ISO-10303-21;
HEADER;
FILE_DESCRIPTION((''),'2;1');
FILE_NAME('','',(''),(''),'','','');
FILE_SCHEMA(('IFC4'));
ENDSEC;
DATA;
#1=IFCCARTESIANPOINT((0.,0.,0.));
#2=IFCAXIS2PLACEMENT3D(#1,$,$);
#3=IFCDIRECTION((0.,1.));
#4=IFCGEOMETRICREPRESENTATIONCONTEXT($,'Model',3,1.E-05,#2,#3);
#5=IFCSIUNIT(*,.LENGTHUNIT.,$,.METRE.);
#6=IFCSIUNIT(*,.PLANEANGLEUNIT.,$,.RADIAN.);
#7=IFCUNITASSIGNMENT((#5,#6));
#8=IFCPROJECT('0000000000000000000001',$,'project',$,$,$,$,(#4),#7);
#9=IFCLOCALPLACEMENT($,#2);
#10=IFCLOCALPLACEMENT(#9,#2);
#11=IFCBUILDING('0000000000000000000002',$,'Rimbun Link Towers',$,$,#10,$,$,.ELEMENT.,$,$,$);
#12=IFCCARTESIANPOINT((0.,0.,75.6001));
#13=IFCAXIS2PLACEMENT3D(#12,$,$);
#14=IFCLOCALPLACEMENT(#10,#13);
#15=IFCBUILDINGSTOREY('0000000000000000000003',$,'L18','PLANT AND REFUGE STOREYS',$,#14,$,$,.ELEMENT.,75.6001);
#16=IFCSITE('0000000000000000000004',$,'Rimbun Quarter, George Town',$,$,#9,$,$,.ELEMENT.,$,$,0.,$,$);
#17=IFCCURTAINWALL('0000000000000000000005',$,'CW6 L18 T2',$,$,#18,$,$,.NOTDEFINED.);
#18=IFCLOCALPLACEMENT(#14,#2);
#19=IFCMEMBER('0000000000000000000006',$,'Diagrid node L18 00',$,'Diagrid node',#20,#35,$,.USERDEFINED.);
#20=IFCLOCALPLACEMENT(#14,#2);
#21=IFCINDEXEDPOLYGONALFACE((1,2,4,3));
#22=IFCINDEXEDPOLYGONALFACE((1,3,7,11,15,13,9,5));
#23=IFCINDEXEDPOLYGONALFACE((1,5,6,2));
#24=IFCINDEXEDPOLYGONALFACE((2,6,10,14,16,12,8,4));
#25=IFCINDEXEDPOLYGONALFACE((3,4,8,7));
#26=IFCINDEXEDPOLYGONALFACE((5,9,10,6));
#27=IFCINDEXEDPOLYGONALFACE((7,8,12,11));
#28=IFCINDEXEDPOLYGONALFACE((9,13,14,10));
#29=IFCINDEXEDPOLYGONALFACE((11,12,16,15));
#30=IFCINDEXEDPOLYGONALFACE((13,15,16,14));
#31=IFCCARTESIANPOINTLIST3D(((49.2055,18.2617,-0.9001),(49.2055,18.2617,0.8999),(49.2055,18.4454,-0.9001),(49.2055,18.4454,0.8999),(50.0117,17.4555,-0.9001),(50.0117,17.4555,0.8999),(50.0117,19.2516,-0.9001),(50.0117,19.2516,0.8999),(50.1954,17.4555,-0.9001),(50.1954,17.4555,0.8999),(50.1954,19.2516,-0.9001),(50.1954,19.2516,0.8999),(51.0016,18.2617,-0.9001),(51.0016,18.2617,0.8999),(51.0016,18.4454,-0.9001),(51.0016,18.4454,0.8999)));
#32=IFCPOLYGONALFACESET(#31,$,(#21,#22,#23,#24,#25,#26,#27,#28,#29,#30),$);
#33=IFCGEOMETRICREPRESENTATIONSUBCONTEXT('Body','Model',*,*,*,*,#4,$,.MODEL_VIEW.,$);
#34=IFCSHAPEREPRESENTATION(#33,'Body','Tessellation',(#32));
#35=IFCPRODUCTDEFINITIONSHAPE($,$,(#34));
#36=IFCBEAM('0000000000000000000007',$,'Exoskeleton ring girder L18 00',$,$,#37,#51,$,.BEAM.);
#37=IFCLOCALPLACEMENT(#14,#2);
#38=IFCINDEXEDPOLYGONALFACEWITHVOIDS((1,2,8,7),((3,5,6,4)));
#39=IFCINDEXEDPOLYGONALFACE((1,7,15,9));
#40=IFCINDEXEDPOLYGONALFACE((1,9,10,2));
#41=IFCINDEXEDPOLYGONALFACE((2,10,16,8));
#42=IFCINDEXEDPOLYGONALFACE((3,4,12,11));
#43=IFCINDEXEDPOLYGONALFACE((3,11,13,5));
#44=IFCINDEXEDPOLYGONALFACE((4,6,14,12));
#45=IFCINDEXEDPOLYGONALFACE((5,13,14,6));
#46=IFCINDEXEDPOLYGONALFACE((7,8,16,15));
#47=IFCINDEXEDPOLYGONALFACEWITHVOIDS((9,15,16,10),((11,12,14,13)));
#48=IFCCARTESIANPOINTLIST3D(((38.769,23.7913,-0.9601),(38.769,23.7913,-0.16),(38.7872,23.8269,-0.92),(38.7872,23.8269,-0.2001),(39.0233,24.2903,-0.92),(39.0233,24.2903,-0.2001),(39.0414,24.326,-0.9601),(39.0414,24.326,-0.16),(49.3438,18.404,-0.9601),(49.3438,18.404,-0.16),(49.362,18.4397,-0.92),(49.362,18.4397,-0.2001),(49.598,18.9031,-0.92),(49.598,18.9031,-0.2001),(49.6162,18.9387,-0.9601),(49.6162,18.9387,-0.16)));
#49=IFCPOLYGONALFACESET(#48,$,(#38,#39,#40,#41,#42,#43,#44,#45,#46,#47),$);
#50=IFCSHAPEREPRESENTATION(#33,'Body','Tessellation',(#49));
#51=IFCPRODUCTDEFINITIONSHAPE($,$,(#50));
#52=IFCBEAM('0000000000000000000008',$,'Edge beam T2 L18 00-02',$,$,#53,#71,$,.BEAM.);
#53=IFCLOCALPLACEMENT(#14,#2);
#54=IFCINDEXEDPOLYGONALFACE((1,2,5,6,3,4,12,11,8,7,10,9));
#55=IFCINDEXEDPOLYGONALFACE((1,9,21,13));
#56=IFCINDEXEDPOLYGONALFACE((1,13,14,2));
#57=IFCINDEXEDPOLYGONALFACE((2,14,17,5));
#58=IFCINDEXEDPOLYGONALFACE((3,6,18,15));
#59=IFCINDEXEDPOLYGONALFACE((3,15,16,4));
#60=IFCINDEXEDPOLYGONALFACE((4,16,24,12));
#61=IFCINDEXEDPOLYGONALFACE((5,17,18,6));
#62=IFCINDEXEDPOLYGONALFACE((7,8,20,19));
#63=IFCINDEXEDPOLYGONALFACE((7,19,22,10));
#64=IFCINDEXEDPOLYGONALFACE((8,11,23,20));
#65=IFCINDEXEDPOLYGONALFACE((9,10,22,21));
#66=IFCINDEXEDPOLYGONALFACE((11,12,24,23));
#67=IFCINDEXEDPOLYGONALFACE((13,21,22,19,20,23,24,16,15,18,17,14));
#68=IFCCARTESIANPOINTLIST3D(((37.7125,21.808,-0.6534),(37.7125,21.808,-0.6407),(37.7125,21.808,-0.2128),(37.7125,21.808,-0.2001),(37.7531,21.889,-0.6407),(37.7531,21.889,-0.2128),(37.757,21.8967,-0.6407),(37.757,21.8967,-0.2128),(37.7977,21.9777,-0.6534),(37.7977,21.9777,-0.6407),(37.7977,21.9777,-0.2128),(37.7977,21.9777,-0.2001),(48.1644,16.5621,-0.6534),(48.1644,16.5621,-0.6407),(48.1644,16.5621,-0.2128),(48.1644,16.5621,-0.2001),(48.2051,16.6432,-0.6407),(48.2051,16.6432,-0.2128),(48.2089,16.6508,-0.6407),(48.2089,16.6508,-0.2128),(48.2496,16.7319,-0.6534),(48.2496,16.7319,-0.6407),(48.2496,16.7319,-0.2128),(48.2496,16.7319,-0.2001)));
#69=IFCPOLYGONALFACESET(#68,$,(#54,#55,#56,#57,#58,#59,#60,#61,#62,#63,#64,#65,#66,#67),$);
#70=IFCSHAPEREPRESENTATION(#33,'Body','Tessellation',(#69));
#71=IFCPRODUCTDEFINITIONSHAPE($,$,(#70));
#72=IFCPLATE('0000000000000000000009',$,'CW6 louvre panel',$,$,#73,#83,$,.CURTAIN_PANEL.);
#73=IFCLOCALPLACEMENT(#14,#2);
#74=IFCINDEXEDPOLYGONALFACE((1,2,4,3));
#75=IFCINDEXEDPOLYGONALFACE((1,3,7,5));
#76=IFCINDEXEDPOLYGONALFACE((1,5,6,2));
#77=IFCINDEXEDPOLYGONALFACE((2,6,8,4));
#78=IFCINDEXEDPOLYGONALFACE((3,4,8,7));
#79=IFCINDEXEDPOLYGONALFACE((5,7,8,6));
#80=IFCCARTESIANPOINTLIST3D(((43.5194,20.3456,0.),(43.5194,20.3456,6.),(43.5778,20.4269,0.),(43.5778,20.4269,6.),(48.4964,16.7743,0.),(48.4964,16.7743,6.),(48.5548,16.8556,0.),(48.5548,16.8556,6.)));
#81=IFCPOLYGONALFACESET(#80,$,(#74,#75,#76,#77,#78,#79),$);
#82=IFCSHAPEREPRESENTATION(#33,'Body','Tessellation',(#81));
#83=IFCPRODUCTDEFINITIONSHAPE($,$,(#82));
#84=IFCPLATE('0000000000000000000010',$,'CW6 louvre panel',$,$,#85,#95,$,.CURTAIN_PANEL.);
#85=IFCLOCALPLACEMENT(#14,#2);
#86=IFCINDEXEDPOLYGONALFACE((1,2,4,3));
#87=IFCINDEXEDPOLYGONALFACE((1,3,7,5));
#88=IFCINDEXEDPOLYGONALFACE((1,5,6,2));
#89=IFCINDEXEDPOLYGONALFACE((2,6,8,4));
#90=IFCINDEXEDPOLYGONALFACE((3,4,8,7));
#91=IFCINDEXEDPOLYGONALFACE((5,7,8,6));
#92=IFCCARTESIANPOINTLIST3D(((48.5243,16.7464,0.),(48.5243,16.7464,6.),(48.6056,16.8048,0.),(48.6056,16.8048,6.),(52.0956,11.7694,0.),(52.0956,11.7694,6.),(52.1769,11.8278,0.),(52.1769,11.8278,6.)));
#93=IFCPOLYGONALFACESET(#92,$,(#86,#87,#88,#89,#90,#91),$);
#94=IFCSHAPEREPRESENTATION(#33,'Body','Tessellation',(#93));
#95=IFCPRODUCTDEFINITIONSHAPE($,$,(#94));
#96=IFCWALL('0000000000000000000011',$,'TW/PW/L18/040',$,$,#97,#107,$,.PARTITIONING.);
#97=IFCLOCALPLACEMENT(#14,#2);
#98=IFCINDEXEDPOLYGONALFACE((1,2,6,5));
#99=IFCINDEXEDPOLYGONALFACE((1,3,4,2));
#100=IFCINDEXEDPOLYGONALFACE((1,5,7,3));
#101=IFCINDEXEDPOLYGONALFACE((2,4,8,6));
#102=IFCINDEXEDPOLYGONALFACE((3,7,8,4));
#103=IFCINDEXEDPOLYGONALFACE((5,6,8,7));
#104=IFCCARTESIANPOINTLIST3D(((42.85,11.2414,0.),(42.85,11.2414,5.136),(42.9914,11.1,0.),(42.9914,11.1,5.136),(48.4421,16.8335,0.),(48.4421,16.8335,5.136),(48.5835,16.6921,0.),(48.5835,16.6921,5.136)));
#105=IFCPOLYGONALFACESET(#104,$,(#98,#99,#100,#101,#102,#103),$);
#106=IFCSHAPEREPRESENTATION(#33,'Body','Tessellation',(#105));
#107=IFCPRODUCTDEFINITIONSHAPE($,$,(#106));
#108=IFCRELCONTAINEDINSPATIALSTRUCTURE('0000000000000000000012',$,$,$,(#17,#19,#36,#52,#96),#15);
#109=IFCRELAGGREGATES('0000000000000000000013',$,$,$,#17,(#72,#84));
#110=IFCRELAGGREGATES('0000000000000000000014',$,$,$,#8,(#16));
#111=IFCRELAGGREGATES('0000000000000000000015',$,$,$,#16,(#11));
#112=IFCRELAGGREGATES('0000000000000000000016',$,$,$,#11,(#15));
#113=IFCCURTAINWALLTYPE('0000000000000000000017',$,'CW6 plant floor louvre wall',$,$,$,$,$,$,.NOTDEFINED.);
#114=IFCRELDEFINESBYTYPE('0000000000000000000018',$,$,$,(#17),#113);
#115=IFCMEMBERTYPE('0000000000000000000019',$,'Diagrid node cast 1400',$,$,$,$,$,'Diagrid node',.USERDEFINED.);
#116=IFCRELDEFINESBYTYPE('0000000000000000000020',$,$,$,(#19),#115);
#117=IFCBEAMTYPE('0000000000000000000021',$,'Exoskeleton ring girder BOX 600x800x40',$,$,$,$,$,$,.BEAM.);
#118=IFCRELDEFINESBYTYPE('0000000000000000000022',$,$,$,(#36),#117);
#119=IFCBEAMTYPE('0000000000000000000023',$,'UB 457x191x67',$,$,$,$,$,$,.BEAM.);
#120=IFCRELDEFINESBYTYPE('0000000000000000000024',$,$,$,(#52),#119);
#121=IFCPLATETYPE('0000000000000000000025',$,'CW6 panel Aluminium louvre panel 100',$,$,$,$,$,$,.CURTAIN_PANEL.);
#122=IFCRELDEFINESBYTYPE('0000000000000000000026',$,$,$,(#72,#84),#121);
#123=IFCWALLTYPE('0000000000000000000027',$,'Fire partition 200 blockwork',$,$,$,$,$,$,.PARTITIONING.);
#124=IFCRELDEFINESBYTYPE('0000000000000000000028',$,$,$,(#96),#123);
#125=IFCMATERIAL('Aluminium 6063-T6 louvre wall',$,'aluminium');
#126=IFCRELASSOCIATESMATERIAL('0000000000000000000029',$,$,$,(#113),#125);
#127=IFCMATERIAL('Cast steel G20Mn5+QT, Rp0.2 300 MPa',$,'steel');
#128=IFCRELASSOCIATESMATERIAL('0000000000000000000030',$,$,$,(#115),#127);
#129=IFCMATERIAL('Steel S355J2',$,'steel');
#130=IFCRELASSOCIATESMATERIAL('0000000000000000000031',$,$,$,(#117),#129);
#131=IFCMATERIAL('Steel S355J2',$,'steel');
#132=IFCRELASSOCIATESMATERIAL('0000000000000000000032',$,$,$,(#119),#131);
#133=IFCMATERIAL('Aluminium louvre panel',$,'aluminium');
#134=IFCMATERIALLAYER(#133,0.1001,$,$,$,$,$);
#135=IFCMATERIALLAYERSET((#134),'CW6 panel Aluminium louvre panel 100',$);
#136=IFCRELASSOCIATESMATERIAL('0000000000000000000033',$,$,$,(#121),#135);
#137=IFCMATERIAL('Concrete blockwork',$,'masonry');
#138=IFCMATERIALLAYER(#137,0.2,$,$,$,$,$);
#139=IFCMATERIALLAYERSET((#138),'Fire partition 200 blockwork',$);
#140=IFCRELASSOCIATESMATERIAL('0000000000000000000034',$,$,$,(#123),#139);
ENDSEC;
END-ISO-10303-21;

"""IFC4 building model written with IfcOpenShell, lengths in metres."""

from ifc_helpers import new_model, si_unit, direction, frame, frame_2d, origin, origin_2d, place, context, subcontext, project, spatial, polyline, rectangle, hollow_rectangle, i_section, outline, extrude, material, layer, layer_set, material_profile, profile_set, type_object, element, aggregate, save


model = new_model("IFC4")

# Units and contexts
model_context = context("Model", 3, precision=1e-05, world=origin(), true_north=direction((0.0, 1.0)))
body_context = subcontext(model_context, "Body", "Model", "MODEL_VIEW")
ifc_project = project(units=[si_unit("LENGTHUNIT", "METRE"), si_unit("PLANEANGLEUNIT", "RADIAN")], contexts=[model_context])

# Site, building, storey
site_placement = place(None, origin())
site = spatial("IfcSite", under=ifc_project, at=site_placement, Name="Rimbun Quarter, George Town", CompositionType="ELEMENT", RefElevation=0.0)
building_placement = place(site_placement, origin())
building = spatial("IfcBuilding", under=site, at=building_placement, Name="Rimbun Link Towers", CompositionType="ELEMENT")
storey_placement = place(building_placement, frame((0.0, 0.0, 75.6001)))
storey = spatial("IfcBuildingStorey", under=building, at=storey_placement, Name="L18", Description="PLANT AND REFUGE STOREYS", CompositionType="ELEMENT", Elevation=75.6001)

# Curtain wall
ifc_material_1 = material(Name="Aluminium 6063-T6 louvre wall", Category="aluminium")
curtain_wall_type = type_object("IfcCurtainWallType", Name="CW6 plant floor louvre wall", PredefinedType="NOTDEFINED", material=ifc_material_1)
curtain_wall_placement = place(storey_placement, origin())
curtain_wall = element("IfcCurtainWall", 1, at=curtain_wall_placement, inside=storey, type_object=curtain_wall_type, Name="CW6 L18 T2", PredefinedType="NOTDEFINED")

# Member
ifc_material_2 = material(Name="Cast steel G20Mn5+QT, Rp0.2 300 MPa", Category="steel")
ifc_material_profile_1 = material_profile(ifc_material_2, outline(polyline([(0.7, -0.5701), (0.7, 0.5701), (0.5701, 0.7), (-0.5701, 0.7), (-0.7, 0.5701), (-0.7, -0.5701), (-0.5701, -0.7), (0.5701, -0.7), (0.7, -0.5701)])), Name="NODE 1400x1400")
ifc_profile_set_1 = profile_set([ifc_material_profile_1], Name="Cast steel G20Mn5+QT, Rp0.2 300 MPa")
member_type_1 = type_object("IfcMemberType", Name="Diagrid node cast 1400", ElementType="Diagrid node", PredefinedType="USERDEFINED", material=ifc_profile_set_1)
member_1_placement = place(storey_placement, frame((50.1035, 18.3535, -0.9001), z_axis=(0.0, 0.0, 1.0), x_axis=(0.707107, 0.707107, 0.0)))
element("IfcMember", 2, at=member_1_placement, inside=storey, type_object=member_type_1, Name="Diagrid node L18 00", ObjectType="Diagrid node", PredefinedType="USERDEFINED", context=body_context, shape_type="SweptSolid", body=[
    extrude(outline(polyline([(0.7, -0.5701), (0.7, 0.5701), (0.5701, 0.7), (-0.5701, 0.7), (-0.7, 0.5701), (-0.7, -0.5701), (-0.5701, -0.7), (0.5701, -0.7), (0.7, -0.5701)])), origin(), (0.0, 0.0, 1.0), 1.8),
])

# Beams
ifc_material_3 = material(Name="Steel S355J2", Category="steel")
ifc_material_profile_2 = material_profile(ifc_material_3, hollow_rectangle(XDim=0.6001, YDim=0.8, WallThickness=0.04, at=origin_2d()), Name="Exoskeleton ring girder BOX 600x800x40")
ifc_profile_set_2 = profile_set([ifc_material_profile_2], Name="Steel S355J2")
beam_type_1 = type_object("IfcBeamType", Name="Exoskeleton ring girder BOX 600x800x40", PredefinedType="BEAM", material=ifc_profile_set_2)
beam_1_placement = place(storey_placement, frame((49.48, 18.6714, -0.5601), z_axis=(-0.891036, 0.453932, 0.0), x_axis=(-0.453932, -0.891036, 0.0)))
element("IfcBeam", 3, at=beam_1_placement, inside=storey, type_object=beam_type_1, Name="Exoskeleton ring girder L18 00", PredefinedType="BEAM", context=body_context, shape_type="SweptSolid", body=[
    extrude(hollow_rectangle(XDim=0.6001, YDim=0.8, WallThickness=0.04, at=origin_2d()), origin(), (0.0, 0.0, 1.0), 11.8679),
])
ifc_material_4 = material(Name="Steel S355J2", Category="steel")
ifc_material_profile_3 = material_profile(ifc_material_4, i_section(OverallWidth=0.1899, OverallDepth=0.4534, WebThickness=0.0085, FlangeThickness=0.0127, at=origin_2d()), Name="UB 457x191x67")
ifc_profile_set_3 = profile_set([ifc_material_profile_3], Name="Steel S355J2")
beam_type_2 = type_object("IfcBeamType", Name="UB 457x191x67", PredefinedType="BEAM", material=ifc_profile_set_3)
beam_2_placement = place(storey_placement, frame((48.207, 16.647, -0.4268), z_axis=(-0.893746, 0.448574, 0.0), x_axis=(-0.448574, -0.893746, 0.0)))
element("IfcBeam", 4, at=beam_2_placement, inside=storey, type_object=beam_type_2, Name="Edge beam T2 L18 00-02", PredefinedType="BEAM", context=body_context, shape_type="SweptSolid", body=[
    extrude(i_section(OverallWidth=0.1899, OverallDepth=0.4534, WebThickness=0.0085, FlangeThickness=0.0127, at=origin_2d()), origin(), (0.0, 0.0, 1.0), 11.6946),
])

# Plates
ifc_material_5 = material(Name="Aluminium louvre panel", Category="aluminium")
ifc_layer_1 = layer(ifc_material_5, 0.1001)
ifc_layer_set_1 = layer_set([ifc_layer_1], Name="CW6 panel Aluminium louvre panel 100")
plate_type = type_object("IfcPlateType", Name="CW6 panel Aluminium louvre panel 100", PredefinedType="CURTAIN_PANEL", material=ifc_layer_set_1)
plate_1_placement = place(storey_placement, frame((46.0371, 18.6006, 0.0), z_axis=(0.0, 0.0, 1.0), x_axis=(0.812469, -0.583004, 0.0)))
plate_1 = element("IfcPlate", 5, at=plate_1_placement, type_object=plate_type, Name="CW6 louvre panel", PredefinedType="CURTAIN_PANEL", context=body_context, shape_type="SweptSolid", body=[
    extrude(rectangle(XDim=6.1257, YDim=0.1001, at=origin_2d()), origin(), (0.0, 0.0, 1.0), 6.0),
])
plate_2_placement = place(storey_placement, frame((50.3506, 14.2871, 0.0), z_axis=(0.0, 0.0, 1.0), x_axis=(0.583004, -0.812469, 0.0)))
plate_2 = element("IfcPlate", 6, at=plate_2_placement, type_object=plate_type, Name="CW6 louvre panel", PredefinedType="CURTAIN_PANEL", context=body_context, shape_type="SweptSolid", body=[
    extrude(rectangle(XDim=6.1257, YDim=0.1001, at=origin_2d()), origin(), (0.0, 0.0, 1.0), 6.0),
])
aggregate(curtain_wall, [plate_1, plate_2])

# Wall
ifc_material_6 = material(Name="Concrete blockwork", Category="masonry")
ifc_layer_2 = layer(ifc_material_6, 0.2)
ifc_layer_set_2 = layer_set([ifc_layer_2], Name="Fire partition 200 blockwork")
wall_type = type_object("IfcWallType", Name="Fire partition 200 blockwork", PredefinedType="PARTITIONING", material=ifc_layer_set_2)
wall_placement = place(storey_placement, frame((48.5127, 16.7627, 0.0), z_axis=(0.0, 0.0, 1.0), x_axis=(-0.707107, -0.707107, 0.0)))
element("IfcWall", 7, at=wall_placement, inside=storey, type_object=wall_type, Name="TW/PW/L18/040", PredefinedType="PARTITIONING", context=body_context, shape_type="SweptSolid", body=[
    extrude(rectangle(XDim=7.9084, YDim=0.2, at=frame_2d((3.9541, 0.0))), origin(), (0.0, 0.0, 1.0), 5.136),
])

save(model, "model.ifc")
